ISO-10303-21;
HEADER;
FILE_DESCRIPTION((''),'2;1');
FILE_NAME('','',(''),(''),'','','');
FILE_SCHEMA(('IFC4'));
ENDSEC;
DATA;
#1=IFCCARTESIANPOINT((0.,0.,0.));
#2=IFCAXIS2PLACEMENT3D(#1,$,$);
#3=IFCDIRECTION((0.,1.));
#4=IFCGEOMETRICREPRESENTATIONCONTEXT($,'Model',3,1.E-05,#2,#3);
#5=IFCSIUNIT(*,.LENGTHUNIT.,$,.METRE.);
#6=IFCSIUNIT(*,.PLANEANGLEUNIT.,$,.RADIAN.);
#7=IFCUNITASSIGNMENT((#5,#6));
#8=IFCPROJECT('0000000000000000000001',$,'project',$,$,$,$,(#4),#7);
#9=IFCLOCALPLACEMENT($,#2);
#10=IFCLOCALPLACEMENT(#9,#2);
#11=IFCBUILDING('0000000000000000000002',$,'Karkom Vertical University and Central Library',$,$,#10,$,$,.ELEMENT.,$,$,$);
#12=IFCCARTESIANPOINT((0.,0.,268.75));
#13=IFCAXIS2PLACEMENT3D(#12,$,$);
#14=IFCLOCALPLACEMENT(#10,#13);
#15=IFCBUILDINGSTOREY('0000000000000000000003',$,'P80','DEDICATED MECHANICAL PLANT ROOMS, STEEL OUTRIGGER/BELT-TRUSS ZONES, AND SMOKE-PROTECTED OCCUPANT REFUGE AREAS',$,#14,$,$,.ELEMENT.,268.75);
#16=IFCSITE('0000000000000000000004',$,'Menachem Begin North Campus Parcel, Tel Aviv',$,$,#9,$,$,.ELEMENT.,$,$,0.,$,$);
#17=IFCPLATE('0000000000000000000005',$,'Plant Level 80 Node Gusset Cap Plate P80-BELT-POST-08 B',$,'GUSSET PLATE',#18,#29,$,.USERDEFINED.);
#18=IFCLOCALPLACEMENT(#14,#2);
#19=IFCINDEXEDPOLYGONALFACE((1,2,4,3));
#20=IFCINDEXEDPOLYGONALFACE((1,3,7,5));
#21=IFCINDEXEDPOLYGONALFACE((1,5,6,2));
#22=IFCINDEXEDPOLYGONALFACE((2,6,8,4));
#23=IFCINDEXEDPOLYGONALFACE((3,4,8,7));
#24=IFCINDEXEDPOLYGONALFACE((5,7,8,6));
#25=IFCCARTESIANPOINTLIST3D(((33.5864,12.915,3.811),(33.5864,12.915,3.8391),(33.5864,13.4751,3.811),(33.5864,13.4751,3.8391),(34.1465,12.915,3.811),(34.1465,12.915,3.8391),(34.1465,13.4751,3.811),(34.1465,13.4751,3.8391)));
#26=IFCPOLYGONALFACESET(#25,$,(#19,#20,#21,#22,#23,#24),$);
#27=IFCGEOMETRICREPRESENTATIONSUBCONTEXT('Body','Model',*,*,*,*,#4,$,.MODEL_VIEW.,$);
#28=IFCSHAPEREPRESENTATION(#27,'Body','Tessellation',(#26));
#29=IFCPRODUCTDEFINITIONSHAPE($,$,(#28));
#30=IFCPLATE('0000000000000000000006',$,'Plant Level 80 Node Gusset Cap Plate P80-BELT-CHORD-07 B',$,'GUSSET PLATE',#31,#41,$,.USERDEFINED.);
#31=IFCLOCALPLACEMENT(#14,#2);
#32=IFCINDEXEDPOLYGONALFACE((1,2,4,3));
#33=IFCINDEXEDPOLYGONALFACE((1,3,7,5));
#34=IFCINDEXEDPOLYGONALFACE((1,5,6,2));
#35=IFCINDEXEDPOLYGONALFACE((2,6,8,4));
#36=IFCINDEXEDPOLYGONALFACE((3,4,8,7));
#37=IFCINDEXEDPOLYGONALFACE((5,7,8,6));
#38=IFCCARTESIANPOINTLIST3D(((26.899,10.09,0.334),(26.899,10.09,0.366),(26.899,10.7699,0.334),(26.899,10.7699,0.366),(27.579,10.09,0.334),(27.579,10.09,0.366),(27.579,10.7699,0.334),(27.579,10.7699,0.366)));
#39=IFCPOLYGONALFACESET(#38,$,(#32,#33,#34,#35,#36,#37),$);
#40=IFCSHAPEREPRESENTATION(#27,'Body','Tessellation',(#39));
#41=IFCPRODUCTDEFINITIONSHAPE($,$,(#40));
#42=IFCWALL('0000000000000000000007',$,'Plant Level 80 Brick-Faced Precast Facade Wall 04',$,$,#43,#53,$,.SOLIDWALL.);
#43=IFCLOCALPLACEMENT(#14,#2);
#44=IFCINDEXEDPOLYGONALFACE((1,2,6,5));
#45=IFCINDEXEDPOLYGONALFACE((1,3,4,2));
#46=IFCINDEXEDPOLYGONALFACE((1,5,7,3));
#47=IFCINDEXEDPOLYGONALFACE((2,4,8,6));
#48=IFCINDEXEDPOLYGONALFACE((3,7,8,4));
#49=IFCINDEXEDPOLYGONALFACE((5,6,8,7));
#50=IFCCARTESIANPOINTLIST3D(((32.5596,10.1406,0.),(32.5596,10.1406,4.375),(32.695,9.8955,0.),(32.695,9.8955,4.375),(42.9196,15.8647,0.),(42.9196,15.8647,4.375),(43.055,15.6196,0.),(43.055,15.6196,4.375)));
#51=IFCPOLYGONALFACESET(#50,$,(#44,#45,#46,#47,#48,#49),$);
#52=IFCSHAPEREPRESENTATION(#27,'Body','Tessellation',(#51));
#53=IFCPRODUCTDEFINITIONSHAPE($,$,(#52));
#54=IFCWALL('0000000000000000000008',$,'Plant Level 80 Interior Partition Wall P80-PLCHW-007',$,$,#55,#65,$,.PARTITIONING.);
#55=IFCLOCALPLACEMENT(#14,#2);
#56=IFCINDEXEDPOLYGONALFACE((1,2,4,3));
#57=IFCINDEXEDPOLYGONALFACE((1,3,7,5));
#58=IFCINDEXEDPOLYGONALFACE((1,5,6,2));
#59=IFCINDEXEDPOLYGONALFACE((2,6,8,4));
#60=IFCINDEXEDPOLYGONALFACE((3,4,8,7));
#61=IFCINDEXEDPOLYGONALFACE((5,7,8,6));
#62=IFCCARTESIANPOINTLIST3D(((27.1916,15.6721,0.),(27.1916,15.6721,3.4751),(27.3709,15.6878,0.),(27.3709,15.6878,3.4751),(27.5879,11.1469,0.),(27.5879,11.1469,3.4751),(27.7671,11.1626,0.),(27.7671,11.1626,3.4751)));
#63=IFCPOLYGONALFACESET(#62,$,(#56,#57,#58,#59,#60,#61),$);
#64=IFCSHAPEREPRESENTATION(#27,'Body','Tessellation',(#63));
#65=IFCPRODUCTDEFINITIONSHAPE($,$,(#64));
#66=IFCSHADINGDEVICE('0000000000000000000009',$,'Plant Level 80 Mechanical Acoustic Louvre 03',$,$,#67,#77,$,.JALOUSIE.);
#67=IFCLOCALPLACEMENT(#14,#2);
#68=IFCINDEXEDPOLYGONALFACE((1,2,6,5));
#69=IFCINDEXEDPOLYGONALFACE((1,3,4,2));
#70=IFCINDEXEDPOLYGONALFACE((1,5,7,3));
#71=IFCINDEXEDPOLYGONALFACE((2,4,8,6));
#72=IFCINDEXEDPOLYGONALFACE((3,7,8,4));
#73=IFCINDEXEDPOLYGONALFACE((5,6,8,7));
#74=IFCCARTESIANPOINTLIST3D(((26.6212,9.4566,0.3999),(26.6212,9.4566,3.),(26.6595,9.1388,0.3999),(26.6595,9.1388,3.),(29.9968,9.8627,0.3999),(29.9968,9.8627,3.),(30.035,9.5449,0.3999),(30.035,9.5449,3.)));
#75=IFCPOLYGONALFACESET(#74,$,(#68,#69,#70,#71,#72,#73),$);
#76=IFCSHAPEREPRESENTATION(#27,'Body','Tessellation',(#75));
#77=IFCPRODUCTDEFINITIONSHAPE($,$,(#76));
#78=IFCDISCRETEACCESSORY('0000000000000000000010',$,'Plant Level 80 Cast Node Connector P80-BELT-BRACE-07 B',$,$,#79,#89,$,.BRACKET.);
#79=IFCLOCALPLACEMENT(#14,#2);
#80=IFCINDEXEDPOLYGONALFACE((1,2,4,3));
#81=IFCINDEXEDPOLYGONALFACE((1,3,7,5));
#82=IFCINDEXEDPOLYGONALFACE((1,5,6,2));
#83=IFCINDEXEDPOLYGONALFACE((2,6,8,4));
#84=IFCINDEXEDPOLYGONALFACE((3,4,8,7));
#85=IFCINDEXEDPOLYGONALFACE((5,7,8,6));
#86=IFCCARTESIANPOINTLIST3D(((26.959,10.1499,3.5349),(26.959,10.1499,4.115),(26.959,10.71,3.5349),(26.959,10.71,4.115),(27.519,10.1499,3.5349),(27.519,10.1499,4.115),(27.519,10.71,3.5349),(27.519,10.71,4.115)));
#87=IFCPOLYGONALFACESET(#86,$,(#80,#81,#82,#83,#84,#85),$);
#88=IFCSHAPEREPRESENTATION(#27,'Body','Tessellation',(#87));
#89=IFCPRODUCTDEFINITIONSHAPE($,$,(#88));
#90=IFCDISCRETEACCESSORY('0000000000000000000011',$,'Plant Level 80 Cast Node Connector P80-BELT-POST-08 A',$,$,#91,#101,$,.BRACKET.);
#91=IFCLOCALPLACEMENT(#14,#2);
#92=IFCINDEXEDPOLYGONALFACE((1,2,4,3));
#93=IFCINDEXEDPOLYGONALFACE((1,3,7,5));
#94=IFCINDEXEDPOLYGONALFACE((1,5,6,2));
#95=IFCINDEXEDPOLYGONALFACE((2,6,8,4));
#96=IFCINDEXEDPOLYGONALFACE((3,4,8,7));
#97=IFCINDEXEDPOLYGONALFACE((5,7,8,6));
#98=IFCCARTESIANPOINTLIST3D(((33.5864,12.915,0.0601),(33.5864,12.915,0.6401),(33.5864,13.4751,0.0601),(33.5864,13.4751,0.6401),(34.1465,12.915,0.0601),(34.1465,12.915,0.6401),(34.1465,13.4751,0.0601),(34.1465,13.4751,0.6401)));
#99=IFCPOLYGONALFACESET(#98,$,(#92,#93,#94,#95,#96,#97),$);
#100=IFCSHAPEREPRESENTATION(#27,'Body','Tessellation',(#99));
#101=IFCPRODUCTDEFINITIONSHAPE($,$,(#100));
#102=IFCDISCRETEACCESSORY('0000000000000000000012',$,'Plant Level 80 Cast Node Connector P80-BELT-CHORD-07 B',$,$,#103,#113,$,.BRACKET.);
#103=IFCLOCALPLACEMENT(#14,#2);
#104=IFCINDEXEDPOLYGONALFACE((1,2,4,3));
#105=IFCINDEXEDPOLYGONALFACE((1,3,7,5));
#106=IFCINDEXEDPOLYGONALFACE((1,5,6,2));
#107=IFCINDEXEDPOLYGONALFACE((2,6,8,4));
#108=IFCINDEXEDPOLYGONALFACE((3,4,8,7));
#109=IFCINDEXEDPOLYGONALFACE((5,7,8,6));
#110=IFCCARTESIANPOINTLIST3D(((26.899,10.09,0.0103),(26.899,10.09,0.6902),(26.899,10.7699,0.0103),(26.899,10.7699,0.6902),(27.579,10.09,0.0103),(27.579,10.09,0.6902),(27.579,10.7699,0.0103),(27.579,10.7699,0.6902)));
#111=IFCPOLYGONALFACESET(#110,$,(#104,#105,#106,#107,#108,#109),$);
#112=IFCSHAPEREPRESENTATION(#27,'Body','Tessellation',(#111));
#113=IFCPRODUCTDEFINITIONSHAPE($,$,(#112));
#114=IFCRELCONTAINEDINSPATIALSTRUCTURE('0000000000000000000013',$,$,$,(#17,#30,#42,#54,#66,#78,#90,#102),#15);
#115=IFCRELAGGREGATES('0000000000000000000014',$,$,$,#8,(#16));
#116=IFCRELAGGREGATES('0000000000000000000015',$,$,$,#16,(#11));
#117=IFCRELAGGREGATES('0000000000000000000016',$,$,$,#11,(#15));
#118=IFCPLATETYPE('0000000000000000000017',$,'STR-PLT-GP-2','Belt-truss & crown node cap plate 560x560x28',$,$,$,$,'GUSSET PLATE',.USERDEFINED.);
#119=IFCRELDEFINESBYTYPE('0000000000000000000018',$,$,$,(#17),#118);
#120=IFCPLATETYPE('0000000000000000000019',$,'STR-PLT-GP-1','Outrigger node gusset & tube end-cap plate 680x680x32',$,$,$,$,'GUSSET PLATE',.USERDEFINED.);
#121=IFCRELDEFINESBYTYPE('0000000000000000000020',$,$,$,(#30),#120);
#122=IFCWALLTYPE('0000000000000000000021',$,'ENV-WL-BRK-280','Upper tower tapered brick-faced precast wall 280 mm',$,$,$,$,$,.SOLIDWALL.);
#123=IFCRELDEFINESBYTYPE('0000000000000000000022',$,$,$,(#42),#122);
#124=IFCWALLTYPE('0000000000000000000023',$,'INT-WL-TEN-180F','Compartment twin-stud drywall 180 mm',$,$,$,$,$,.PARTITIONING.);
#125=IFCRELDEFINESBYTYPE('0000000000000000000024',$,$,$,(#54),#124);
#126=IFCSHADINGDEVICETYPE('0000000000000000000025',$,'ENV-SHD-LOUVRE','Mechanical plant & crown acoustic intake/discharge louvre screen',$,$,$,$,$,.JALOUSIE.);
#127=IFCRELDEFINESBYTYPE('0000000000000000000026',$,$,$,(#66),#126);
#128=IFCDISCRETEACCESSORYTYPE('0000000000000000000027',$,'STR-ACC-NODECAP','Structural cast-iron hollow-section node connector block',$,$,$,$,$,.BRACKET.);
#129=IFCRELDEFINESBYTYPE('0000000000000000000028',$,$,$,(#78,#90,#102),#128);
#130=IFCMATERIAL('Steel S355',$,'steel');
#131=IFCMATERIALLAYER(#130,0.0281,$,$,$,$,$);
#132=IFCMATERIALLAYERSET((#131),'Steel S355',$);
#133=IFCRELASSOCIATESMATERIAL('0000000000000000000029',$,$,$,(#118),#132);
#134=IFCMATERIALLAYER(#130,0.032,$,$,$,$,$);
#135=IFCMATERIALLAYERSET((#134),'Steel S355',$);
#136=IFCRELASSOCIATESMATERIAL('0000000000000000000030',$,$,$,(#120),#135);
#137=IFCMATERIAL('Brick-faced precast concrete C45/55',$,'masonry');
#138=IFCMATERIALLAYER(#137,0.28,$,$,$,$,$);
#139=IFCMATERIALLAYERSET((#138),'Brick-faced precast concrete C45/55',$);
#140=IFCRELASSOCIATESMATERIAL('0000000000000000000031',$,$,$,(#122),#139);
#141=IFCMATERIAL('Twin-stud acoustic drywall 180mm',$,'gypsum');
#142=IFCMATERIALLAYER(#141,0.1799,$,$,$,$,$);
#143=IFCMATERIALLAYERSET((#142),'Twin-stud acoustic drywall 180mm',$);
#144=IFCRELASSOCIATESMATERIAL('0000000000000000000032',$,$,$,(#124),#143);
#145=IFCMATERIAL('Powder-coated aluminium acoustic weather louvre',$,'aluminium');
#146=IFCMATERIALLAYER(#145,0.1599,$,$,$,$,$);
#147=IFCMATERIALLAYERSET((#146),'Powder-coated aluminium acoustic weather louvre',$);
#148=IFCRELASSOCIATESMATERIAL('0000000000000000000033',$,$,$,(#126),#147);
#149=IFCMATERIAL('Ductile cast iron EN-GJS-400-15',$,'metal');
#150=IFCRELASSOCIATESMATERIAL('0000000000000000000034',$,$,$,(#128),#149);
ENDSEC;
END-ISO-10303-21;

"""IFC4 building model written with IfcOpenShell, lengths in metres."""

from ifc_helpers import new_model, si_unit, direction, frame, frame_2d, origin, origin_with_axes, origin_2d, place, context, subcontext, project, spatial, rectangle, extrude, source, transform, mapped, material, layer, layer_set, type_object, element, save


model = new_model("IFC4")

# Units and contexts
model_context = context("Model", 3, precision=1e-05, world=origin(), true_north=direction((0.0, 1.0)))
body_context = subcontext(model_context, "Body", "Model", "MODEL_VIEW")
ifc_project = project(units=[si_unit("LENGTHUNIT", "METRE"), si_unit("PLANEANGLEUNIT", "RADIAN")], contexts=[model_context])

# Site, building, storey
site_placement = place(None, origin())
site = spatial("IfcSite", under=ifc_project, at=site_placement, Name="Menachem Begin North Campus Parcel, Tel Aviv", CompositionType="ELEMENT", RefElevation=0.0)
building_placement = place(site_placement, origin())
building = spatial("IfcBuilding", under=site, at=building_placement, Name="Karkom Vertical University and Central Library", CompositionType="ELEMENT")
storey_placement = place(building_placement, frame((0.0, 0.0, 268.75)))
storey = spatial("IfcBuildingStorey", under=building, at=storey_placement, Name="P80", Description="DEDICATED MECHANICAL PLANT ROOMS, STEEL OUTRIGGER/BELT-TRUSS ZONES, AND SMOKE-PROTECTED OCCUPANT REFUGE AREAS", CompositionType="ELEMENT", Elevation=268.75)

# Shared definitions
ifc_material_1 = material(Name="Steel S355", Category="steel")

# Plates
ifc_layer_1 = layer(ifc_material_1, 0.0281)
ifc_layer_set_1 = layer_set([ifc_layer_1], Name="Steel S355")
plate_type_1 = type_object("IfcPlateType", Name="STR-PLT-GP-2", Description="Belt-truss & crown node cap plate 560x560x28", ElementType="GUSSET PLATE", PredefinedType="USERDEFINED", material=ifc_layer_set_1)
shared_shape_1 = source(origin_with_axes(), body_context, "Body", "SweptSolid", [
    extrude(rectangle(XDim=0.5601, YDim=0.5601, at=origin_2d()), origin(), (0.0, 0.0, 1.0), 0.0281),
])
for number, where, z_axis, x_axis, name in (
    (1, (33.8665, 13.1951, 3.811), (0.0, 0.0, 1.0), (1.0, 0.0, 0.0), "Plant Level 80 Node Gusset Cap Plate P80-BELT-POST-08 B"),
):
    element("IfcPlate", number, at=place(storey_placement, frame(where, z_axis=z_axis, x_axis=x_axis)), inside=storey, type_object=plate_type_1, Name=name, ObjectType="GUSSET PLATE", PredefinedType="USERDEFINED", context=body_context, shape_type="MappedRepresentation", body=[
        mapped(shared_shape_1, transform((0.0, 0.0, 0.0), scale=1.0)),
    ])
ifc_layer_2 = layer(ifc_material_1, 0.032)
ifc_layer_set_2 = layer_set([ifc_layer_2], Name="Steel S355")
plate_type_2 = type_object("IfcPlateType", Name="STR-PLT-GP-1", Description="Outrigger node gusset & tube end-cap plate 680x680x32", ElementType="GUSSET PLATE", PredefinedType="USERDEFINED", material=ifc_layer_set_2)
shared_shape_2 = source(origin_with_axes(), body_context, "Body", "SweptSolid", [
    extrude(rectangle(XDim=0.6799, YDim=0.6799, at=origin_2d()), origin(), (0.0, 0.0, 1.0), 0.032),
])
plate_placement = place(storey_placement, frame((27.239, 10.4299, 0.334), z_axis=(0.0, 0.0, 1.0), x_axis=(1.0, 0.0, 0.0)))
element("IfcPlate", 2, at=plate_placement, inside=storey, type_object=plate_type_2, Name="Plant Level 80 Node Gusset Cap Plate P80-BELT-CHORD-07 B", ObjectType="GUSSET PLATE", PredefinedType="USERDEFINED", context=body_context, shape_type="MappedRepresentation", body=[
    mapped(shared_shape_2, transform((0.0, 0.0, 0.0), scale=1.0)),
])

# Walls
ifc_material_2 = material(Name="Brick-faced precast concrete C45/55", Category="masonry")
ifc_layer_3 = layer(ifc_material_2, 0.28)
ifc_layer_set_3 = layer_set([ifc_layer_3], Name="Brick-faced precast concrete C45/55")
wall_type_1 = type_object("IfcWallType", Name="ENV-WL-BRK-280", Description="Upper tower tapered brick-faced precast wall 280 mm", PredefinedType="SOLIDWALL", material=ifc_layer_set_3)
wall_1_placement = place(storey_placement, frame((32.6274, 10.0181, 0.0), z_axis=(0.0, 0.0, 1.0), x_axis=(0.87528, 0.483617, 0.0)))
element("IfcWall", 3, at=wall_1_placement, inside=storey, type_object=wall_type_1, Name="Plant Level 80 Brick-Faced Precast Facade Wall 04", PredefinedType="SOLIDWALL", context=body_context, shape_type="SweptSolid", body=[
    extrude(rectangle(XDim=11.8362, YDim=0.28, at=frame_2d((5.918, 0.0))), origin(), (0.0, 0.0, 1.0), 4.375),
])
ifc_material_3 = material(Name="Twin-stud acoustic drywall 180mm", Category="gypsum")
ifc_layer_4 = layer(ifc_material_3, 0.1799)
ifc_layer_set_4 = layer_set([ifc_layer_4], Name="Twin-stud acoustic drywall 180mm")
wall_type_2 = type_object("IfcWallType", Name="INT-WL-TEN-180F", Description="Compartment twin-stud drywall 180 mm", PredefinedType="PARTITIONING", material=ifc_layer_set_4)
wall_2_placement = place(storey_placement, frame((27.6775, 11.1548, 0.0), z_axis=(0.0, 0.0, 1.0), x_axis=(-0.08723, 0.996188, 0.0)))
element("IfcWall", 4, at=wall_2_placement, inside=storey, type_object=wall_type_2, Name="Plant Level 80 Interior Partition Wall P80-PLCHW-007", PredefinedType="PARTITIONING", context=body_context, shape_type="SweptSolid", body=[
    extrude(rectangle(XDim=4.5425, YDim=0.1799, at=frame_2d((2.2712, 0.0))), origin(), (0.0, 0.0, 1.0), 3.4751),
])

# Shading device
ifc_material_4 = material(Name="Powder-coated aluminium acoustic weather louvre", Category="aluminium")
ifc_layer_5 = layer(ifc_material_4, 0.1599)
ifc_layer_set_5 = layer_set([ifc_layer_5], Name="Powder-coated aluminium acoustic weather louvre")
shading_device_type = type_object("IfcShadingDeviceType", Name="ENV-SHD-LOUVRE", Description="Mechanical plant & crown acoustic intake/discharge louvre screen", PredefinedType="JALOUSIE", material=ifc_layer_set_5)
shared_shape_3 = source(origin_with_axes(), body_context, "Body", "SweptSolid", [
    extrude(rectangle(XDim=3.3999, YDim=0.3201, at=origin_2d()), origin(), (0.0, 0.0, 1.0), 2.6001),
])
shading_device_placement = place(storey_placement, frame((28.3281, 9.5007, 0.3999), z_axis=(0.0, 0.0, 1.0), x_axis=(0.992841, 0.119444, 0.0)))
element("IfcShadingDevice", 5, at=shading_device_placement, inside=storey, type_object=shading_device_type, Name="Plant Level 80 Mechanical Acoustic Louvre 03", PredefinedType="JALOUSIE", context=body_context, shape_type="MappedRepresentation", body=[
    mapped(shared_shape_3, transform((0.0, 0.0, 0.0), scale=1.0)),
])

# Discrete accessories
ifc_material_5 = material(Name="Ductile cast iron EN-GJS-400-15", Category="metal")
discrete_accessory_type = type_object("IfcDiscreteAccessoryType", Name="STR-ACC-NODECAP", Description="Structural cast-iron hollow-section node connector block", PredefinedType="BRACKET", material=ifc_material_5)
shared_shape_4 = source(origin_with_axes(), body_context, "Body", "SweptSolid", [
    extrude(rectangle(XDim=0.5601, YDim=0.5601, at=origin_2d()), origin(), (0.0, 0.0, 1.0), 0.5801),
])
for number, where, z_axis, x_axis, name in (
    (6, (27.239, 10.4299, 3.5349), (0.0, 0.0, 1.0), (1.0, 0.0, 0.0), "Plant Level 80 Cast Node Connector P80-BELT-BRACE-07 B"),
    (7, (33.8665, 13.1951, 0.0601), (0.0, 0.0, 1.0), (1.0, 0.0, 0.0), "Plant Level 80 Cast Node Connector P80-BELT-POST-08 A"),
):
    element("IfcDiscreteAccessory", number, at=place(storey_placement, frame(where, z_axis=z_axis, x_axis=x_axis)), inside=storey, type_object=discrete_accessory_type, Name=name, PredefinedType="BRACKET", context=body_context, shape_type="MappedRepresentation", body=[
        mapped(shared_shape_4, transform((0.0, 0.0, 0.0), scale=1.0)),
    ])
shared_shape_5 = source(origin_with_axes(), body_context, "Body", "SweptSolid", [
    extrude(rectangle(XDim=0.6799, YDim=0.6799, at=origin_2d()), origin(), (0.0, 0.0, 1.0), 0.6799),
])
discrete_accessory_placement = place(storey_placement, frame((27.239, 10.4299, 0.0103), z_axis=(0.0, 0.0, 1.0), x_axis=(1.0, 0.0, 0.0)))
element("IfcDiscreteAccessory", 8, at=discrete_accessory_placement, inside=storey, type_object=discrete_accessory_type, Name="Plant Level 80 Cast Node Connector P80-BELT-CHORD-07 B", PredefinedType="BRACKET", context=body_context, shape_type="MappedRepresentation", body=[
    mapped(shared_shape_5, transform((0.0, 0.0, 0.0), scale=1.0)),
])

save(model, "model.ifc")
